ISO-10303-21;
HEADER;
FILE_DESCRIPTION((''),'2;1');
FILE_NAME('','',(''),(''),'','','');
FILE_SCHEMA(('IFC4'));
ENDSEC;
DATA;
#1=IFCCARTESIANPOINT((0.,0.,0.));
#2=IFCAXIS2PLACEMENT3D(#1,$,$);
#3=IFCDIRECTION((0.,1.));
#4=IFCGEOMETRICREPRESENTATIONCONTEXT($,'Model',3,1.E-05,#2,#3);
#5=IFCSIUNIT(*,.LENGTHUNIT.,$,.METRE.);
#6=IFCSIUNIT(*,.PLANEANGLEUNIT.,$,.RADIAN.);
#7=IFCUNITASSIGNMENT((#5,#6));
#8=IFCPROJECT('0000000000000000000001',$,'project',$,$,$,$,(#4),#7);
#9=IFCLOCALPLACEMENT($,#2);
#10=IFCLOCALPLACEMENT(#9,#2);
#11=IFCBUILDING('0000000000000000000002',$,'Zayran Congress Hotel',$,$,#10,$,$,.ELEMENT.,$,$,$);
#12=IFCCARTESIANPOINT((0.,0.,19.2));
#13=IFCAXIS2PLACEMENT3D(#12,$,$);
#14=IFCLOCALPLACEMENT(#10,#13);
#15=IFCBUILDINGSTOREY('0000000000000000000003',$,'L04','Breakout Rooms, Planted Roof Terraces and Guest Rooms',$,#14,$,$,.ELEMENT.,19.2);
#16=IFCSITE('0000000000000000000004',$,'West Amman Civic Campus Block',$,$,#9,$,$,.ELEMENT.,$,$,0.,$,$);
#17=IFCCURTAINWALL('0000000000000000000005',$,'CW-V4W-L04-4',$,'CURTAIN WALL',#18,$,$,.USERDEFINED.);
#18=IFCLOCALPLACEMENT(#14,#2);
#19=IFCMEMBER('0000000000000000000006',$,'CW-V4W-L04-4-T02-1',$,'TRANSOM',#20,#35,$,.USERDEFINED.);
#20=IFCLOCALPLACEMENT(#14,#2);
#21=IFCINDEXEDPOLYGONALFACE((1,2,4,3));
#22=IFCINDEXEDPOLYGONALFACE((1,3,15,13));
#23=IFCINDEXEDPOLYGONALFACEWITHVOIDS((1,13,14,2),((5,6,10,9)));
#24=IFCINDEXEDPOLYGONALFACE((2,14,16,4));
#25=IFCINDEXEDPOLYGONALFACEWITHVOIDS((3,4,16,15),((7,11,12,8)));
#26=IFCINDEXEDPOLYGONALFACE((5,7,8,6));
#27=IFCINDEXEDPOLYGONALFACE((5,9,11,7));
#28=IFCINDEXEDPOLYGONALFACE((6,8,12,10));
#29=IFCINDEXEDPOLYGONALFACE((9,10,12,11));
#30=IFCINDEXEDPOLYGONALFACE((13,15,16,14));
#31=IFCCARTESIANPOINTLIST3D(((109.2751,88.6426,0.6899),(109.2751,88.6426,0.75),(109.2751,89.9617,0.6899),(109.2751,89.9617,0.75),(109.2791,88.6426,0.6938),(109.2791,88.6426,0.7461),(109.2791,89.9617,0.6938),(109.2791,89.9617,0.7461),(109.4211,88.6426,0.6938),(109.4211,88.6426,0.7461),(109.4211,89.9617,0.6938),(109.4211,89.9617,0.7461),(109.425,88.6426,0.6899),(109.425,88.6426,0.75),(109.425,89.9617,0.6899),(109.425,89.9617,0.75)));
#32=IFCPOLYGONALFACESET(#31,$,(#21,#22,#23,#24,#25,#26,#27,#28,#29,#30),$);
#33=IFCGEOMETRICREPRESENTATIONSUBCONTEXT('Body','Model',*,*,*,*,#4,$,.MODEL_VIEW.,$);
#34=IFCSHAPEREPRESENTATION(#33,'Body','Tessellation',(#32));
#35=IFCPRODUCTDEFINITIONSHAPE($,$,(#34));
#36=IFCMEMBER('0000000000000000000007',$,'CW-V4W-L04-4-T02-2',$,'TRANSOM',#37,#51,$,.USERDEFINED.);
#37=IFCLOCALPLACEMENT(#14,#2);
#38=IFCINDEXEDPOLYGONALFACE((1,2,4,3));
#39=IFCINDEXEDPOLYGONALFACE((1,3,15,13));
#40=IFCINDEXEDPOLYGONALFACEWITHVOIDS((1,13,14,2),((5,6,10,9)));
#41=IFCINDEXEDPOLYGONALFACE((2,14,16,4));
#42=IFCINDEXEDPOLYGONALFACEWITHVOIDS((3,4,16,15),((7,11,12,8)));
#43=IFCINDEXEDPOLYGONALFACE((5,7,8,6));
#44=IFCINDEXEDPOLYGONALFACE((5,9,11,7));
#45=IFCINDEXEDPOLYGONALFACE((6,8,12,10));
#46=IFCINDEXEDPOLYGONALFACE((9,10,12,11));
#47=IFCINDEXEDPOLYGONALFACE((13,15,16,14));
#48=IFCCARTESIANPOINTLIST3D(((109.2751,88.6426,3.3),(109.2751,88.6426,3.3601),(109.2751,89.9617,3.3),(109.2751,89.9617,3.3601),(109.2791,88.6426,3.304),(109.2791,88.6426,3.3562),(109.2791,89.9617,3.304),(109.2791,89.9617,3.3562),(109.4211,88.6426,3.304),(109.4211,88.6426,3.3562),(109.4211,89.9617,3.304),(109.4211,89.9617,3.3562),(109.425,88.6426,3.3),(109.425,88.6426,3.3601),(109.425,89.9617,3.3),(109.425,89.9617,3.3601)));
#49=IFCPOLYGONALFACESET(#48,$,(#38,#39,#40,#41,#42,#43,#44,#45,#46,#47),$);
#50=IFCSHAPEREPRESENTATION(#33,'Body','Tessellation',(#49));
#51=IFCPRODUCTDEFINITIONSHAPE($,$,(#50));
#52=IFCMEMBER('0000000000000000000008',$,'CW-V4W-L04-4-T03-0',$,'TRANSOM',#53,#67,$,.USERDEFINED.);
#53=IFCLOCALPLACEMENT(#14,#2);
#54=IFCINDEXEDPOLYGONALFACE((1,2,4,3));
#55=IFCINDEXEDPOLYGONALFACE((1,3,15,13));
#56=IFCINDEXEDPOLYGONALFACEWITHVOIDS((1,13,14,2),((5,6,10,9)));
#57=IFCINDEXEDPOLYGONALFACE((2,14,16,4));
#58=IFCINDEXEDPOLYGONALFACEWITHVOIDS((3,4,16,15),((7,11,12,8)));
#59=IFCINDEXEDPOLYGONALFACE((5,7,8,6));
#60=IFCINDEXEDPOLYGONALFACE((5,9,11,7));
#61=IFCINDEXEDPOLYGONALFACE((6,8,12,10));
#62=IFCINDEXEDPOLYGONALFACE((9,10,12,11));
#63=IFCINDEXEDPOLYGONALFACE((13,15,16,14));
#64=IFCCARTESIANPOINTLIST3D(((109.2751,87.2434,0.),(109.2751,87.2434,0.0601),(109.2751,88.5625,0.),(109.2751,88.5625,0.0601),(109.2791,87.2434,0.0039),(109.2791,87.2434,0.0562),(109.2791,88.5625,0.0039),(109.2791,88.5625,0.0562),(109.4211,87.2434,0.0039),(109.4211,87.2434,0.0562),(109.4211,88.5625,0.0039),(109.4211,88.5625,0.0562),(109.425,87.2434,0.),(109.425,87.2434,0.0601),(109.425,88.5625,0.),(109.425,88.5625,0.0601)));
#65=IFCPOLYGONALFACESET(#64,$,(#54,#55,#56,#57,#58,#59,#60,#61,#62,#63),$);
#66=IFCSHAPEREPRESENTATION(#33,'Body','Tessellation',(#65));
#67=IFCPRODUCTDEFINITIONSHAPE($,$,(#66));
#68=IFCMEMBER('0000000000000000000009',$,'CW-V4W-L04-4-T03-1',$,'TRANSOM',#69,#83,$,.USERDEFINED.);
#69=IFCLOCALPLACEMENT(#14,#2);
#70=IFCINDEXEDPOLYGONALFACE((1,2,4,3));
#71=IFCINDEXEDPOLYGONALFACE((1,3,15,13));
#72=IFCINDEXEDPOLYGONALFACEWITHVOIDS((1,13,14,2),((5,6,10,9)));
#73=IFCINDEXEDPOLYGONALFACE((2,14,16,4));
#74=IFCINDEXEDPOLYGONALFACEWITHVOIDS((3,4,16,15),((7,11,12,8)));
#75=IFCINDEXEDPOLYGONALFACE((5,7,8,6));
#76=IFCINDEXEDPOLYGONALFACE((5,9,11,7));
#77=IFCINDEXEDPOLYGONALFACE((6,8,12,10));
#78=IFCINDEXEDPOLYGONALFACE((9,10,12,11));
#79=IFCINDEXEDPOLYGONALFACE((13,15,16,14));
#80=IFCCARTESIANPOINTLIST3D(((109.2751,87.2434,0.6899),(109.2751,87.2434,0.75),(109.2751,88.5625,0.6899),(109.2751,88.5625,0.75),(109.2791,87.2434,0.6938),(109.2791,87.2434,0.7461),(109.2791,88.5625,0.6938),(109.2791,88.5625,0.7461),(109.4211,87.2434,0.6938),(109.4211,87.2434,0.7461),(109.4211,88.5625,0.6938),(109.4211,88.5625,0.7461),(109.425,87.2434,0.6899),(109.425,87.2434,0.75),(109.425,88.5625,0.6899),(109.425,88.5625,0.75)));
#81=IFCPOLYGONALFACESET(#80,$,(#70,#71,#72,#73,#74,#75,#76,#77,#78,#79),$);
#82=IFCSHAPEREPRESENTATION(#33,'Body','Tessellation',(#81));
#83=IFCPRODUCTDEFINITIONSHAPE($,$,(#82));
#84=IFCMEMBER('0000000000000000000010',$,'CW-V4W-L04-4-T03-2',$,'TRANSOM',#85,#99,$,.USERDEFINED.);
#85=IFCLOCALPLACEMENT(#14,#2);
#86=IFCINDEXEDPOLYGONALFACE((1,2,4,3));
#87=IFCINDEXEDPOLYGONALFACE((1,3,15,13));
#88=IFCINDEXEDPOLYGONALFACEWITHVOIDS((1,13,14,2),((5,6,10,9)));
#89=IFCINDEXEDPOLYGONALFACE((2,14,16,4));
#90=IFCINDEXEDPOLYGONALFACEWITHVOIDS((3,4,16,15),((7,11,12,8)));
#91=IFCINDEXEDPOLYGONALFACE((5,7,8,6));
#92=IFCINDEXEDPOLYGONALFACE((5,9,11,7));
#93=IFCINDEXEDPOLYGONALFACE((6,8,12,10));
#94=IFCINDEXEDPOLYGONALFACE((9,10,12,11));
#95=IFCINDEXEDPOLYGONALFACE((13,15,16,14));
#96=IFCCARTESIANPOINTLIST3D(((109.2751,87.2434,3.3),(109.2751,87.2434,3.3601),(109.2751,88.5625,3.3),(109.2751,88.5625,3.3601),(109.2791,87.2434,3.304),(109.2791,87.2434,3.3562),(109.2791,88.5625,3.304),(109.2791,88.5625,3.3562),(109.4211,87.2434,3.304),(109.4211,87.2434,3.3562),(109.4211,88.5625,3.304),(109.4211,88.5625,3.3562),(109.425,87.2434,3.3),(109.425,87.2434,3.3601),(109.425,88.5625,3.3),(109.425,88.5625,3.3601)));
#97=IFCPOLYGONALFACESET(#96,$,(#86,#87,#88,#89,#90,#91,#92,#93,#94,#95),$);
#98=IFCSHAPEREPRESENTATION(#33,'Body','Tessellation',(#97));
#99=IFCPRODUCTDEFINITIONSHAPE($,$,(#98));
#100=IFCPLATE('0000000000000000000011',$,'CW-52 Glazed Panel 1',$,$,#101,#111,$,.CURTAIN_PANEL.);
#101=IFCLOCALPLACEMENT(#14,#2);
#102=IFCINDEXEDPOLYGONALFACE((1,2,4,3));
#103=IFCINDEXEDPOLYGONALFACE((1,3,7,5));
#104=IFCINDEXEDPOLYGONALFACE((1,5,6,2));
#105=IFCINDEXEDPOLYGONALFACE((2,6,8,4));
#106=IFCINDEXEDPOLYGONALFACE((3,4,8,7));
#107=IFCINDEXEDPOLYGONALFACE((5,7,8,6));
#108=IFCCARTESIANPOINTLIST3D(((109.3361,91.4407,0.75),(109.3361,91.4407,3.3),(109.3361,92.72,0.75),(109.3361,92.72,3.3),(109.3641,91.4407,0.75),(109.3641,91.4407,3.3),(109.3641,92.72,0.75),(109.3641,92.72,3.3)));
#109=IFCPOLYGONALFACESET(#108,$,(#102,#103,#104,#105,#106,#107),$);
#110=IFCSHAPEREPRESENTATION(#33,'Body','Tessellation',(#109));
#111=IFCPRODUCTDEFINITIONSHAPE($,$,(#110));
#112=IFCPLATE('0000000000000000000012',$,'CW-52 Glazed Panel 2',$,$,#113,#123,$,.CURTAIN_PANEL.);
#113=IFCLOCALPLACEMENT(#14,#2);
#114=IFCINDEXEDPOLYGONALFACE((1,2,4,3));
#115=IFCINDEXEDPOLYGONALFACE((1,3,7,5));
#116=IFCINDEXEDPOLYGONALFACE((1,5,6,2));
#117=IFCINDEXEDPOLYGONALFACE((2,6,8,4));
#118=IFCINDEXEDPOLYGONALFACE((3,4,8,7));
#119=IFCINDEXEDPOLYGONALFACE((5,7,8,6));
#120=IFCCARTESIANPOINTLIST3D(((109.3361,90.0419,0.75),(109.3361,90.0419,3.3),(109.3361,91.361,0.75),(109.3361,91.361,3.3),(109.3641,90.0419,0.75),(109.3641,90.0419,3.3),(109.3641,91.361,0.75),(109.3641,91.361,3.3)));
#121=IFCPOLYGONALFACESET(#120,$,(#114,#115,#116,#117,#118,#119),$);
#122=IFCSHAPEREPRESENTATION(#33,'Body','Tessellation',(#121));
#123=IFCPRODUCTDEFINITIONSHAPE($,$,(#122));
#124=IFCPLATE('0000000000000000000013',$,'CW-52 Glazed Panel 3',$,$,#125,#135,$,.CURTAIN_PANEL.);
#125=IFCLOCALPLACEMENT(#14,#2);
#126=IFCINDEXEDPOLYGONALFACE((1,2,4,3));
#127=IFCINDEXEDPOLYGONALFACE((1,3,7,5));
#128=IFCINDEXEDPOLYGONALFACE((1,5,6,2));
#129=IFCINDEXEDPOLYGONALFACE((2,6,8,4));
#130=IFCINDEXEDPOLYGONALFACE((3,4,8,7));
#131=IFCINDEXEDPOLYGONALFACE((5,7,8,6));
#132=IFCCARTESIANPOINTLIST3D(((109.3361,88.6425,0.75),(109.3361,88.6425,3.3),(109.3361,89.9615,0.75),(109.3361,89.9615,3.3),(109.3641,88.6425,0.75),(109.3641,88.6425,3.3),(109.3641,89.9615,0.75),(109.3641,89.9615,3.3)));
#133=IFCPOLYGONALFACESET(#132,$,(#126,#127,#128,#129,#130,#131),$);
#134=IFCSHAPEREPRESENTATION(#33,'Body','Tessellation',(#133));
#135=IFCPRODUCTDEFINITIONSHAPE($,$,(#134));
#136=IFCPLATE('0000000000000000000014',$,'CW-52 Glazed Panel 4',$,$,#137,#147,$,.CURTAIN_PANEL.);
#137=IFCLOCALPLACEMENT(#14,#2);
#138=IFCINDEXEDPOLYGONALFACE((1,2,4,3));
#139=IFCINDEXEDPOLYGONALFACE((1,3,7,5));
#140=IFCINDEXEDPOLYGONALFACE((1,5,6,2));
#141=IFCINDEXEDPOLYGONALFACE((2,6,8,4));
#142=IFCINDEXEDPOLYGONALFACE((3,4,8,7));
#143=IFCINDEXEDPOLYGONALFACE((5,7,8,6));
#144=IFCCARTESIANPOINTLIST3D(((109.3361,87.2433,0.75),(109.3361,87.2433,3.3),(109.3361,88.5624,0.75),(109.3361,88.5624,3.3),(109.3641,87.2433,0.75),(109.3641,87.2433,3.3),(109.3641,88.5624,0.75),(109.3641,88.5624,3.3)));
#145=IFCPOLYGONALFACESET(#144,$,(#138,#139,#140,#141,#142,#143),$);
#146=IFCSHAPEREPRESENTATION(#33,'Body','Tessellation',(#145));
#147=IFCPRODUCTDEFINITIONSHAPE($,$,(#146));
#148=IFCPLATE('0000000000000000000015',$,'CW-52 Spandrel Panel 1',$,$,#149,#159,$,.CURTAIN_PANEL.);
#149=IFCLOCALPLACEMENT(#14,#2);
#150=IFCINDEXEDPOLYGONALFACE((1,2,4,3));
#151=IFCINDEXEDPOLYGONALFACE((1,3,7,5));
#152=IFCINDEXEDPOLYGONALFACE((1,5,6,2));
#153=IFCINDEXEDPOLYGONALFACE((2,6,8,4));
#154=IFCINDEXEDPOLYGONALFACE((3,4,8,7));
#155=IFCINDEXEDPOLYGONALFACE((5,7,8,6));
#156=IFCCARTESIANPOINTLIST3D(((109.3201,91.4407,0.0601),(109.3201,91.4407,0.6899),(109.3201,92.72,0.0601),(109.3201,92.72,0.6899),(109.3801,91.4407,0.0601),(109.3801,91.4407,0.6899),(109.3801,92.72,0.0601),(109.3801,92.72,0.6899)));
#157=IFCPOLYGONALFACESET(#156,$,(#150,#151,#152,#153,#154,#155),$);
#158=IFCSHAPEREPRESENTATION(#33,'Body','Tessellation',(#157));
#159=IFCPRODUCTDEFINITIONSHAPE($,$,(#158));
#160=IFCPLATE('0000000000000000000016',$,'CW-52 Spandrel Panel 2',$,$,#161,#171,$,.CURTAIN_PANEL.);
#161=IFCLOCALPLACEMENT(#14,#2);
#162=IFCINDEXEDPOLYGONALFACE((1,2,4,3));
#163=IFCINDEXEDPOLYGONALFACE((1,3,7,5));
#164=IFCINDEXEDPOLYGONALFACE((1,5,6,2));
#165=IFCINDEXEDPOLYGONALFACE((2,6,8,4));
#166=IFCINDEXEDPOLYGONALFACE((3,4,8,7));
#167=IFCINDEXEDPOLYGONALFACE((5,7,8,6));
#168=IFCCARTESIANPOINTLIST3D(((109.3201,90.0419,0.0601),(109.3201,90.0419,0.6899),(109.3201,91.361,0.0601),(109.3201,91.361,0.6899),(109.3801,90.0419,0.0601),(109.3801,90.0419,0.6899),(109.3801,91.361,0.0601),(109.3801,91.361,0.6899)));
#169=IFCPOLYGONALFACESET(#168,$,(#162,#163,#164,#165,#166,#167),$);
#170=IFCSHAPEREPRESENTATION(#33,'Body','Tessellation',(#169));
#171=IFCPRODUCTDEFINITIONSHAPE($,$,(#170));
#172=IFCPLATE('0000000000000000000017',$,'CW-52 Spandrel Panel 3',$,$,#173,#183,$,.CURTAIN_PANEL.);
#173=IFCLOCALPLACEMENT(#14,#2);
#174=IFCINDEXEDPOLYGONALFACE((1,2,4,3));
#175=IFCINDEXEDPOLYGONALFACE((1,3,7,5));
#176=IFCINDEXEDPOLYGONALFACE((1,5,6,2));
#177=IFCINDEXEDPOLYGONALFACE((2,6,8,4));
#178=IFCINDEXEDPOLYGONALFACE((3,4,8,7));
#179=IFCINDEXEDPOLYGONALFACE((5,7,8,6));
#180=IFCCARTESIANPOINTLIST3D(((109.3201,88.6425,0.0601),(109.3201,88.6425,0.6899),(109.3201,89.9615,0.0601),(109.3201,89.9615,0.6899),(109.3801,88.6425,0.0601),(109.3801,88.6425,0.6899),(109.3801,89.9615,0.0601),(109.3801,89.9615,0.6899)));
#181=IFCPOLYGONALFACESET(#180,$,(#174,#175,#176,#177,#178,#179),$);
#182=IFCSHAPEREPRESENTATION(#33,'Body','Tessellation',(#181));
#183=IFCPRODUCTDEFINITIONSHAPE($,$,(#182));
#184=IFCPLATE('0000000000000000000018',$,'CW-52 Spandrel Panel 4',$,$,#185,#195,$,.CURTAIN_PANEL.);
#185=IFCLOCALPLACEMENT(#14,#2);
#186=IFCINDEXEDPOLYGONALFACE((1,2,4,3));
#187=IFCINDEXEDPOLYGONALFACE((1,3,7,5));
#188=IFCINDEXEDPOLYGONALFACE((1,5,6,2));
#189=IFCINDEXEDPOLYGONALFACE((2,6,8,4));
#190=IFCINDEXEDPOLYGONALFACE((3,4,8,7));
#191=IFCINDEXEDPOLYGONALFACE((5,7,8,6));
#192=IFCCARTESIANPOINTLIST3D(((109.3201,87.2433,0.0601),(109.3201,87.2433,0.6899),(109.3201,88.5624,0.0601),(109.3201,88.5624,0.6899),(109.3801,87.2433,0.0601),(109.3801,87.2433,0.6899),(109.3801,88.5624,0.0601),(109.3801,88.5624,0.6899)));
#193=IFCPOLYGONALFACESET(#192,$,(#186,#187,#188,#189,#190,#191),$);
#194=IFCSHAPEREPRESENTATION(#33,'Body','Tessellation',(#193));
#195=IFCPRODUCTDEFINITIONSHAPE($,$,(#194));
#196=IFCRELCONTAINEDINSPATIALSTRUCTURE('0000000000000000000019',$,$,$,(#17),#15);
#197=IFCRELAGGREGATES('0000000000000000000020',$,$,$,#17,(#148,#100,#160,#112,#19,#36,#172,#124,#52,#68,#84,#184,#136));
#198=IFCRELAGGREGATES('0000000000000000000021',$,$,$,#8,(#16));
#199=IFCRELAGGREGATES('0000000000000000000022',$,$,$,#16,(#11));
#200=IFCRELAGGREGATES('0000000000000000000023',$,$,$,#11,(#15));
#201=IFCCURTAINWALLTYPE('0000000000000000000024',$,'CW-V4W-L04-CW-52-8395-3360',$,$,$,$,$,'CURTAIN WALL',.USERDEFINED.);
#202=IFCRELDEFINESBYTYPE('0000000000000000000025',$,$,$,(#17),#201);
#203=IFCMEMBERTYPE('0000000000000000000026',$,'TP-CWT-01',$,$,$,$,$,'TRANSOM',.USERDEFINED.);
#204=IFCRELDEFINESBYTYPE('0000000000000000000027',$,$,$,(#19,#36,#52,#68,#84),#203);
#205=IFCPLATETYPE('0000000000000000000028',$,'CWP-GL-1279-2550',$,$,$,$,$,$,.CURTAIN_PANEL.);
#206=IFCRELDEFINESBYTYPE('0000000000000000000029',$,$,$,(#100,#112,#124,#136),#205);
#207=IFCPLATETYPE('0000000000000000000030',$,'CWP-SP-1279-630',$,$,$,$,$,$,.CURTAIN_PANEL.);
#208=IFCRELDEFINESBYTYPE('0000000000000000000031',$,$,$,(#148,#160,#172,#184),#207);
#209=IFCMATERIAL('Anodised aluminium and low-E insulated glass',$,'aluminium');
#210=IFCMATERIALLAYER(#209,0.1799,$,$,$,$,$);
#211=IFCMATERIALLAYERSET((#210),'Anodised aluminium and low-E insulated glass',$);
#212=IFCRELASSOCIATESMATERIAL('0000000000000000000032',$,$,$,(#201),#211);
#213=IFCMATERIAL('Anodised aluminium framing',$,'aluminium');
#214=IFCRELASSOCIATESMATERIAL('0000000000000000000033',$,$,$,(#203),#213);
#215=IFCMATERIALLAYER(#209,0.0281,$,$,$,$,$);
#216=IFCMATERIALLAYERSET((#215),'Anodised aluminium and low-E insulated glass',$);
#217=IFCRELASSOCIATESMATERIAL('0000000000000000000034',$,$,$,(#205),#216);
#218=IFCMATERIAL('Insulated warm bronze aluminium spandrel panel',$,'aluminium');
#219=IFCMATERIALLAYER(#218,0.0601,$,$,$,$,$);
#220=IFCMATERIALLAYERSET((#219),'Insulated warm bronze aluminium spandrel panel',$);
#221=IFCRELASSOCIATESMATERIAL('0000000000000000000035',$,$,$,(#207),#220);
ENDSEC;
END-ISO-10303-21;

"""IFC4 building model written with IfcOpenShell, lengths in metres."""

from ifc_helpers import new_model, si_unit, direction, frame, origin, origin_2d, place, context, subcontext, project, spatial, rectangle, hollow_rectangle, extrude, material, layer, layer_set, material_profile, profile_set, type_object, element, aggregate, save


model = new_model("IFC4")

# Units and contexts
model_context = context("Model", 3, precision=1e-05, world=origin(), true_north=direction((0.0, 1.0)))
body_context = subcontext(model_context, "Body", "Model", "MODEL_VIEW")
ifc_project = project(units=[si_unit("LENGTHUNIT", "METRE"), si_unit("PLANEANGLEUNIT", "RADIAN")], contexts=[model_context])

# Site, building, storey
site_placement = place(None, origin())
site = spatial("IfcSite", under=ifc_project, at=site_placement, Name="West Amman Civic Campus Block", CompositionType="ELEMENT", RefElevation=0.0)
building_placement = place(site_placement, origin())
building = spatial("IfcBuilding", under=site, at=building_placement, Name="Zayran Congress Hotel", CompositionType="ELEMENT")
storey_placement = place(building_placement, frame((0.0, 0.0, 19.2)))
storey = spatial("IfcBuildingStorey", under=building, at=storey_placement, Name="L04", Description="Breakout Rooms, Planted Roof Terraces and Guest Rooms", CompositionType="ELEMENT", Elevation=19.2)

# Curtain wall, members, plates
ifc_material_1 = material(Name="Anodised aluminium and low-E insulated glass", Category="aluminium")
ifc_layer_1 = layer(ifc_material_1, 0.1799)
ifc_layer_set_1 = layer_set([ifc_layer_1], Name="Anodised aluminium and low-E insulated glass")
curtain_wall_type = type_object("IfcCurtainWallType", Name="CW-V4W-L04-CW-52-8395-3360", ElementType="CURTAIN WALL", PredefinedType="USERDEFINED", material=ifc_layer_set_1)
curtain_wall_placement = place(storey_placement, origin())
curtain_wall = element("IfcCurtainWall", 1, at=curtain_wall_placement, inside=storey, type_object=curtain_wall_type, Name="CW-V4W-L04-4", ObjectType="CURTAIN WALL", PredefinedType="USERDEFINED")
ifc_material_2 = material(Name="Anodised aluminium framing", Category="aluminium")
ifc_material_profile_1 = material_profile(ifc_material_2, hollow_rectangle(XDim=0.0601, YDim=0.1499, WallThickness=0.0039, at=origin_2d()), Name="RHS 150x60x4")
ifc_profile_set_1 = profile_set([ifc_material_profile_1], Name="Anodised aluminium framing")
member_type_1 = type_object("IfcMemberType", Name="TP-CWT-01", ElementType="TRANSOM", PredefinedType="USERDEFINED", material=ifc_profile_set_1)
member_1_placement = place(storey_placement, frame((109.3501, 89.9617, 0.72), z_axis=(0.0, -1.0, 0.0), x_axis=(0.0, 0.0, 1.0)))
member_1 = element("IfcMember", 2, at=member_1_placement, type_object=member_type_1, Name="CW-V4W-L04-4-T02-1", ObjectType="TRANSOM", PredefinedType="USERDEFINED", context=body_context, shape_type="SweptSolid", body=[
    extrude(hollow_rectangle(XDim=0.0601, YDim=0.1499, WallThickness=0.0039, at=origin_2d()), origin(), (0.0, 0.0, 1.0), 1.3191),
])
member_2_placement = place(storey_placement, frame((109.3501, 89.9617, 3.3301), z_axis=(0.0, -1.0, 0.0), x_axis=(0.0, 0.0, 1.0)))
member_2 = element("IfcMember", 3, at=member_2_placement, type_object=member_type_1, Name="CW-V4W-L04-4-T02-2", ObjectType="TRANSOM", PredefinedType="USERDEFINED", context=body_context, shape_type="SweptSolid", body=[
    extrude(hollow_rectangle(XDim=0.0601, YDim=0.1499, WallThickness=0.0039, at=origin_2d()), origin(), (0.0, 0.0, 1.0), 1.3191),
])
member_3_placement = place(storey_placement, frame((109.3501, 88.5625, 0.03), z_axis=(0.0, -1.0, 0.0), x_axis=(0.0, 0.0, 1.0)))
member_3 = element("IfcMember", 4, at=member_3_placement, type_object=member_type_1, Name="CW-V4W-L04-4-T03-0", ObjectType="TRANSOM", PredefinedType="USERDEFINED", context=body_context, shape_type="SweptSolid", body=[
    extrude(hollow_rectangle(XDim=0.0601, YDim=0.1499, WallThickness=0.0039, at=origin_2d()), origin(), (0.0, 0.0, 1.0), 1.3191),
])
member_4_placement = place(storey_placement, frame((109.3501, 88.5625, 0.72), z_axis=(0.0, -1.0, 0.0), x_axis=(0.0, 0.0, 1.0)))
member_4 = element("IfcMember", 5, at=member_4_placement, type_object=member_type_1, Name="CW-V4W-L04-4-T03-1", ObjectType="TRANSOM", PredefinedType="USERDEFINED", context=body_context, shape_type="SweptSolid", body=[
    extrude(hollow_rectangle(XDim=0.0601, YDim=0.1499, WallThickness=0.0039, at=origin_2d()), origin(), (0.0, 0.0, 1.0), 1.3191),
])
member_5_placement = place(storey_placement, frame((109.3501, 88.5625, 3.3301), z_axis=(0.0, -1.0, 0.0), x_axis=(0.0, 0.0, 1.0)))
member_5 = element("IfcMember", 6, at=member_5_placement, type_object=member_type_1, Name="CW-V4W-L04-4-T03-2", ObjectType="TRANSOM", PredefinedType="USERDEFINED", context=body_context, shape_type="SweptSolid", body=[
    extrude(hollow_rectangle(XDim=0.0601, YDim=0.1499, WallThickness=0.0039, at=origin_2d()), origin(), (0.0, 0.0, 1.0), 1.3191),
])
ifc_layer_2 = layer(ifc_material_1, 0.0281)
ifc_layer_set_2 = layer_set([ifc_layer_2], Name="Anodised aluminium and low-E insulated glass")
plate_type_1 = type_object("IfcPlateType", Name="CWP-GL-1279-2550", PredefinedType="CURTAIN_PANEL", material=ifc_layer_set_2)
plate_1_placement = place(storey_placement, frame((109.3501, 92.0803, 0.75), z_axis=(0.0, 0.0, 1.0), x_axis=(0.0, 1.0, 0.0)))
plate_1 = element("IfcPlate", 7, at=plate_1_placement, type_object=plate_type_1, Name="CW-52 Glazed Panel 1", PredefinedType="CURTAIN_PANEL", context=body_context, shape_type="SweptSolid", body=[
    extrude(rectangle(XDim=1.2793, YDim=0.0281, at=origin_2d()), origin(), (0.0, 0.0, 1.0), 2.55),
])
plate_2_placement = place(storey_placement, frame((109.3501, 90.7014, 0.75), z_axis=(0.0, 0.0, 1.0), x_axis=(0.0, 1.0, 0.0)))
plate_2 = element("IfcPlate", 8, at=plate_2_placement, type_object=plate_type_1, Name="CW-52 Glazed Panel 2", PredefinedType="CURTAIN_PANEL", context=body_context, shape_type="SweptSolid", body=[
    extrude(rectangle(XDim=1.3191, YDim=0.0281, at=origin_2d()), origin(), (0.0, 0.0, 1.0), 2.55),
])
plate_3_placement = place(storey_placement, frame((109.3501, 89.302, 0.75), z_axis=(0.0, 0.0, 1.0), x_axis=(0.0, 1.0, 0.0)))
plate_3 = element("IfcPlate", 9, at=plate_3_placement, type_object=plate_type_1, Name="CW-52 Glazed Panel 3", PredefinedType="CURTAIN_PANEL", context=body_context, shape_type="SweptSolid", body=[
    extrude(rectangle(XDim=1.3191, YDim=0.0281, at=origin_2d()), origin(), (0.0, 0.0, 1.0), 2.55),
])
plate_4_placement = place(storey_placement, frame((109.3501, 87.9028, 0.75), z_axis=(0.0, 0.0, 1.0), x_axis=(0.0, 1.0, 0.0)))
plate_4 = element("IfcPlate", 10, at=plate_4_placement, type_object=plate_type_1, Name="CW-52 Glazed Panel 4", PredefinedType="CURTAIN_PANEL", context=body_context, shape_type="SweptSolid", body=[
    extrude(rectangle(XDim=1.3191, YDim=0.0281, at=origin_2d()), origin(), (0.0, 0.0, 1.0), 2.55),
])
ifc_material_3 = material(Name="Insulated warm bronze aluminium spandrel panel", Category="aluminium")
ifc_layer_3 = layer(ifc_material_3, 0.0601)
ifc_layer_set_3 = layer_set([ifc_layer_3], Name="Insulated warm bronze aluminium spandrel panel")
plate_type_2 = type_object("IfcPlateType", Name="CWP-SP-1279-630", PredefinedType="CURTAIN_PANEL", material=ifc_layer_set_3)
plate_5_placement = place(storey_placement, frame((109.3501, 92.0803, 0.0601), z_axis=(0.0, 0.0, 1.0), x_axis=(0.0, 1.0, 0.0)))
plate_5 = element("IfcPlate", 11, at=plate_5_placement, type_object=plate_type_2, Name="CW-52 Spandrel Panel 1", PredefinedType="CURTAIN_PANEL", context=body_context, shape_type="SweptSolid", body=[
    extrude(rectangle(XDim=1.2793, YDim=0.0601, at=origin_2d()), origin(), (0.0, 0.0, 1.0), 0.6299),
])
plate_6_placement = place(storey_placement, frame((109.3501, 90.7014, 0.0601), z_axis=(0.0, 0.0, 1.0), x_axis=(0.0, 1.0, 0.0)))
plate_6 = element("IfcPlate", 12, at=plate_6_placement, type_object=plate_type_2, Name="CW-52 Spandrel Panel 2", PredefinedType="CURTAIN_PANEL", context=body_context, shape_type="SweptSolid", body=[
    extrude(rectangle(XDim=1.3191, YDim=0.0601, at=origin_2d()), origin(), (0.0, 0.0, 1.0), 0.6299),
])
plate_7_placement = place(storey_placement, frame((109.3501, 89.302, 0.0601), z_axis=(0.0, 0.0, 1.0), x_axis=(0.0, 1.0, 0.0)))
plate_7 = element("IfcPlate", 13, at=plate_7_placement, type_object=plate_type_2, Name="CW-52 Spandrel Panel 3", PredefinedType="CURTAIN_PANEL", context=body_context, shape_type="SweptSolid", body=[
    extrude(rectangle(XDim=1.3191, YDim=0.0601, at=origin_2d()), origin(), (0.0, 0.0, 1.0), 0.6299),
])
plate_8_placement = place(storey_placement, frame((109.3501, 87.9028, 0.0601), z_axis=(0.0, 0.0, 1.0), x_axis=(0.0, 1.0, 0.0)))
plate_8 = element("IfcPlate", 14, at=plate_8_placement, type_object=plate_type_2, Name="CW-52 Spandrel Panel 4", PredefinedType="CURTAIN_PANEL", context=body_context, shape_type="SweptSolid", body=[
    extrude(rectangle(XDim=1.3191, YDim=0.0601, at=origin_2d()), origin(), (0.0, 0.0, 1.0), 0.6299),
])
aggregate(curtain_wall, [plate_5, plate_1, plate_6, plate_2, member_1, member_2, plate_7, plate_3, member_3, member_4, member_5, plate_8, plate_4])

save(model, "model.ifc")
